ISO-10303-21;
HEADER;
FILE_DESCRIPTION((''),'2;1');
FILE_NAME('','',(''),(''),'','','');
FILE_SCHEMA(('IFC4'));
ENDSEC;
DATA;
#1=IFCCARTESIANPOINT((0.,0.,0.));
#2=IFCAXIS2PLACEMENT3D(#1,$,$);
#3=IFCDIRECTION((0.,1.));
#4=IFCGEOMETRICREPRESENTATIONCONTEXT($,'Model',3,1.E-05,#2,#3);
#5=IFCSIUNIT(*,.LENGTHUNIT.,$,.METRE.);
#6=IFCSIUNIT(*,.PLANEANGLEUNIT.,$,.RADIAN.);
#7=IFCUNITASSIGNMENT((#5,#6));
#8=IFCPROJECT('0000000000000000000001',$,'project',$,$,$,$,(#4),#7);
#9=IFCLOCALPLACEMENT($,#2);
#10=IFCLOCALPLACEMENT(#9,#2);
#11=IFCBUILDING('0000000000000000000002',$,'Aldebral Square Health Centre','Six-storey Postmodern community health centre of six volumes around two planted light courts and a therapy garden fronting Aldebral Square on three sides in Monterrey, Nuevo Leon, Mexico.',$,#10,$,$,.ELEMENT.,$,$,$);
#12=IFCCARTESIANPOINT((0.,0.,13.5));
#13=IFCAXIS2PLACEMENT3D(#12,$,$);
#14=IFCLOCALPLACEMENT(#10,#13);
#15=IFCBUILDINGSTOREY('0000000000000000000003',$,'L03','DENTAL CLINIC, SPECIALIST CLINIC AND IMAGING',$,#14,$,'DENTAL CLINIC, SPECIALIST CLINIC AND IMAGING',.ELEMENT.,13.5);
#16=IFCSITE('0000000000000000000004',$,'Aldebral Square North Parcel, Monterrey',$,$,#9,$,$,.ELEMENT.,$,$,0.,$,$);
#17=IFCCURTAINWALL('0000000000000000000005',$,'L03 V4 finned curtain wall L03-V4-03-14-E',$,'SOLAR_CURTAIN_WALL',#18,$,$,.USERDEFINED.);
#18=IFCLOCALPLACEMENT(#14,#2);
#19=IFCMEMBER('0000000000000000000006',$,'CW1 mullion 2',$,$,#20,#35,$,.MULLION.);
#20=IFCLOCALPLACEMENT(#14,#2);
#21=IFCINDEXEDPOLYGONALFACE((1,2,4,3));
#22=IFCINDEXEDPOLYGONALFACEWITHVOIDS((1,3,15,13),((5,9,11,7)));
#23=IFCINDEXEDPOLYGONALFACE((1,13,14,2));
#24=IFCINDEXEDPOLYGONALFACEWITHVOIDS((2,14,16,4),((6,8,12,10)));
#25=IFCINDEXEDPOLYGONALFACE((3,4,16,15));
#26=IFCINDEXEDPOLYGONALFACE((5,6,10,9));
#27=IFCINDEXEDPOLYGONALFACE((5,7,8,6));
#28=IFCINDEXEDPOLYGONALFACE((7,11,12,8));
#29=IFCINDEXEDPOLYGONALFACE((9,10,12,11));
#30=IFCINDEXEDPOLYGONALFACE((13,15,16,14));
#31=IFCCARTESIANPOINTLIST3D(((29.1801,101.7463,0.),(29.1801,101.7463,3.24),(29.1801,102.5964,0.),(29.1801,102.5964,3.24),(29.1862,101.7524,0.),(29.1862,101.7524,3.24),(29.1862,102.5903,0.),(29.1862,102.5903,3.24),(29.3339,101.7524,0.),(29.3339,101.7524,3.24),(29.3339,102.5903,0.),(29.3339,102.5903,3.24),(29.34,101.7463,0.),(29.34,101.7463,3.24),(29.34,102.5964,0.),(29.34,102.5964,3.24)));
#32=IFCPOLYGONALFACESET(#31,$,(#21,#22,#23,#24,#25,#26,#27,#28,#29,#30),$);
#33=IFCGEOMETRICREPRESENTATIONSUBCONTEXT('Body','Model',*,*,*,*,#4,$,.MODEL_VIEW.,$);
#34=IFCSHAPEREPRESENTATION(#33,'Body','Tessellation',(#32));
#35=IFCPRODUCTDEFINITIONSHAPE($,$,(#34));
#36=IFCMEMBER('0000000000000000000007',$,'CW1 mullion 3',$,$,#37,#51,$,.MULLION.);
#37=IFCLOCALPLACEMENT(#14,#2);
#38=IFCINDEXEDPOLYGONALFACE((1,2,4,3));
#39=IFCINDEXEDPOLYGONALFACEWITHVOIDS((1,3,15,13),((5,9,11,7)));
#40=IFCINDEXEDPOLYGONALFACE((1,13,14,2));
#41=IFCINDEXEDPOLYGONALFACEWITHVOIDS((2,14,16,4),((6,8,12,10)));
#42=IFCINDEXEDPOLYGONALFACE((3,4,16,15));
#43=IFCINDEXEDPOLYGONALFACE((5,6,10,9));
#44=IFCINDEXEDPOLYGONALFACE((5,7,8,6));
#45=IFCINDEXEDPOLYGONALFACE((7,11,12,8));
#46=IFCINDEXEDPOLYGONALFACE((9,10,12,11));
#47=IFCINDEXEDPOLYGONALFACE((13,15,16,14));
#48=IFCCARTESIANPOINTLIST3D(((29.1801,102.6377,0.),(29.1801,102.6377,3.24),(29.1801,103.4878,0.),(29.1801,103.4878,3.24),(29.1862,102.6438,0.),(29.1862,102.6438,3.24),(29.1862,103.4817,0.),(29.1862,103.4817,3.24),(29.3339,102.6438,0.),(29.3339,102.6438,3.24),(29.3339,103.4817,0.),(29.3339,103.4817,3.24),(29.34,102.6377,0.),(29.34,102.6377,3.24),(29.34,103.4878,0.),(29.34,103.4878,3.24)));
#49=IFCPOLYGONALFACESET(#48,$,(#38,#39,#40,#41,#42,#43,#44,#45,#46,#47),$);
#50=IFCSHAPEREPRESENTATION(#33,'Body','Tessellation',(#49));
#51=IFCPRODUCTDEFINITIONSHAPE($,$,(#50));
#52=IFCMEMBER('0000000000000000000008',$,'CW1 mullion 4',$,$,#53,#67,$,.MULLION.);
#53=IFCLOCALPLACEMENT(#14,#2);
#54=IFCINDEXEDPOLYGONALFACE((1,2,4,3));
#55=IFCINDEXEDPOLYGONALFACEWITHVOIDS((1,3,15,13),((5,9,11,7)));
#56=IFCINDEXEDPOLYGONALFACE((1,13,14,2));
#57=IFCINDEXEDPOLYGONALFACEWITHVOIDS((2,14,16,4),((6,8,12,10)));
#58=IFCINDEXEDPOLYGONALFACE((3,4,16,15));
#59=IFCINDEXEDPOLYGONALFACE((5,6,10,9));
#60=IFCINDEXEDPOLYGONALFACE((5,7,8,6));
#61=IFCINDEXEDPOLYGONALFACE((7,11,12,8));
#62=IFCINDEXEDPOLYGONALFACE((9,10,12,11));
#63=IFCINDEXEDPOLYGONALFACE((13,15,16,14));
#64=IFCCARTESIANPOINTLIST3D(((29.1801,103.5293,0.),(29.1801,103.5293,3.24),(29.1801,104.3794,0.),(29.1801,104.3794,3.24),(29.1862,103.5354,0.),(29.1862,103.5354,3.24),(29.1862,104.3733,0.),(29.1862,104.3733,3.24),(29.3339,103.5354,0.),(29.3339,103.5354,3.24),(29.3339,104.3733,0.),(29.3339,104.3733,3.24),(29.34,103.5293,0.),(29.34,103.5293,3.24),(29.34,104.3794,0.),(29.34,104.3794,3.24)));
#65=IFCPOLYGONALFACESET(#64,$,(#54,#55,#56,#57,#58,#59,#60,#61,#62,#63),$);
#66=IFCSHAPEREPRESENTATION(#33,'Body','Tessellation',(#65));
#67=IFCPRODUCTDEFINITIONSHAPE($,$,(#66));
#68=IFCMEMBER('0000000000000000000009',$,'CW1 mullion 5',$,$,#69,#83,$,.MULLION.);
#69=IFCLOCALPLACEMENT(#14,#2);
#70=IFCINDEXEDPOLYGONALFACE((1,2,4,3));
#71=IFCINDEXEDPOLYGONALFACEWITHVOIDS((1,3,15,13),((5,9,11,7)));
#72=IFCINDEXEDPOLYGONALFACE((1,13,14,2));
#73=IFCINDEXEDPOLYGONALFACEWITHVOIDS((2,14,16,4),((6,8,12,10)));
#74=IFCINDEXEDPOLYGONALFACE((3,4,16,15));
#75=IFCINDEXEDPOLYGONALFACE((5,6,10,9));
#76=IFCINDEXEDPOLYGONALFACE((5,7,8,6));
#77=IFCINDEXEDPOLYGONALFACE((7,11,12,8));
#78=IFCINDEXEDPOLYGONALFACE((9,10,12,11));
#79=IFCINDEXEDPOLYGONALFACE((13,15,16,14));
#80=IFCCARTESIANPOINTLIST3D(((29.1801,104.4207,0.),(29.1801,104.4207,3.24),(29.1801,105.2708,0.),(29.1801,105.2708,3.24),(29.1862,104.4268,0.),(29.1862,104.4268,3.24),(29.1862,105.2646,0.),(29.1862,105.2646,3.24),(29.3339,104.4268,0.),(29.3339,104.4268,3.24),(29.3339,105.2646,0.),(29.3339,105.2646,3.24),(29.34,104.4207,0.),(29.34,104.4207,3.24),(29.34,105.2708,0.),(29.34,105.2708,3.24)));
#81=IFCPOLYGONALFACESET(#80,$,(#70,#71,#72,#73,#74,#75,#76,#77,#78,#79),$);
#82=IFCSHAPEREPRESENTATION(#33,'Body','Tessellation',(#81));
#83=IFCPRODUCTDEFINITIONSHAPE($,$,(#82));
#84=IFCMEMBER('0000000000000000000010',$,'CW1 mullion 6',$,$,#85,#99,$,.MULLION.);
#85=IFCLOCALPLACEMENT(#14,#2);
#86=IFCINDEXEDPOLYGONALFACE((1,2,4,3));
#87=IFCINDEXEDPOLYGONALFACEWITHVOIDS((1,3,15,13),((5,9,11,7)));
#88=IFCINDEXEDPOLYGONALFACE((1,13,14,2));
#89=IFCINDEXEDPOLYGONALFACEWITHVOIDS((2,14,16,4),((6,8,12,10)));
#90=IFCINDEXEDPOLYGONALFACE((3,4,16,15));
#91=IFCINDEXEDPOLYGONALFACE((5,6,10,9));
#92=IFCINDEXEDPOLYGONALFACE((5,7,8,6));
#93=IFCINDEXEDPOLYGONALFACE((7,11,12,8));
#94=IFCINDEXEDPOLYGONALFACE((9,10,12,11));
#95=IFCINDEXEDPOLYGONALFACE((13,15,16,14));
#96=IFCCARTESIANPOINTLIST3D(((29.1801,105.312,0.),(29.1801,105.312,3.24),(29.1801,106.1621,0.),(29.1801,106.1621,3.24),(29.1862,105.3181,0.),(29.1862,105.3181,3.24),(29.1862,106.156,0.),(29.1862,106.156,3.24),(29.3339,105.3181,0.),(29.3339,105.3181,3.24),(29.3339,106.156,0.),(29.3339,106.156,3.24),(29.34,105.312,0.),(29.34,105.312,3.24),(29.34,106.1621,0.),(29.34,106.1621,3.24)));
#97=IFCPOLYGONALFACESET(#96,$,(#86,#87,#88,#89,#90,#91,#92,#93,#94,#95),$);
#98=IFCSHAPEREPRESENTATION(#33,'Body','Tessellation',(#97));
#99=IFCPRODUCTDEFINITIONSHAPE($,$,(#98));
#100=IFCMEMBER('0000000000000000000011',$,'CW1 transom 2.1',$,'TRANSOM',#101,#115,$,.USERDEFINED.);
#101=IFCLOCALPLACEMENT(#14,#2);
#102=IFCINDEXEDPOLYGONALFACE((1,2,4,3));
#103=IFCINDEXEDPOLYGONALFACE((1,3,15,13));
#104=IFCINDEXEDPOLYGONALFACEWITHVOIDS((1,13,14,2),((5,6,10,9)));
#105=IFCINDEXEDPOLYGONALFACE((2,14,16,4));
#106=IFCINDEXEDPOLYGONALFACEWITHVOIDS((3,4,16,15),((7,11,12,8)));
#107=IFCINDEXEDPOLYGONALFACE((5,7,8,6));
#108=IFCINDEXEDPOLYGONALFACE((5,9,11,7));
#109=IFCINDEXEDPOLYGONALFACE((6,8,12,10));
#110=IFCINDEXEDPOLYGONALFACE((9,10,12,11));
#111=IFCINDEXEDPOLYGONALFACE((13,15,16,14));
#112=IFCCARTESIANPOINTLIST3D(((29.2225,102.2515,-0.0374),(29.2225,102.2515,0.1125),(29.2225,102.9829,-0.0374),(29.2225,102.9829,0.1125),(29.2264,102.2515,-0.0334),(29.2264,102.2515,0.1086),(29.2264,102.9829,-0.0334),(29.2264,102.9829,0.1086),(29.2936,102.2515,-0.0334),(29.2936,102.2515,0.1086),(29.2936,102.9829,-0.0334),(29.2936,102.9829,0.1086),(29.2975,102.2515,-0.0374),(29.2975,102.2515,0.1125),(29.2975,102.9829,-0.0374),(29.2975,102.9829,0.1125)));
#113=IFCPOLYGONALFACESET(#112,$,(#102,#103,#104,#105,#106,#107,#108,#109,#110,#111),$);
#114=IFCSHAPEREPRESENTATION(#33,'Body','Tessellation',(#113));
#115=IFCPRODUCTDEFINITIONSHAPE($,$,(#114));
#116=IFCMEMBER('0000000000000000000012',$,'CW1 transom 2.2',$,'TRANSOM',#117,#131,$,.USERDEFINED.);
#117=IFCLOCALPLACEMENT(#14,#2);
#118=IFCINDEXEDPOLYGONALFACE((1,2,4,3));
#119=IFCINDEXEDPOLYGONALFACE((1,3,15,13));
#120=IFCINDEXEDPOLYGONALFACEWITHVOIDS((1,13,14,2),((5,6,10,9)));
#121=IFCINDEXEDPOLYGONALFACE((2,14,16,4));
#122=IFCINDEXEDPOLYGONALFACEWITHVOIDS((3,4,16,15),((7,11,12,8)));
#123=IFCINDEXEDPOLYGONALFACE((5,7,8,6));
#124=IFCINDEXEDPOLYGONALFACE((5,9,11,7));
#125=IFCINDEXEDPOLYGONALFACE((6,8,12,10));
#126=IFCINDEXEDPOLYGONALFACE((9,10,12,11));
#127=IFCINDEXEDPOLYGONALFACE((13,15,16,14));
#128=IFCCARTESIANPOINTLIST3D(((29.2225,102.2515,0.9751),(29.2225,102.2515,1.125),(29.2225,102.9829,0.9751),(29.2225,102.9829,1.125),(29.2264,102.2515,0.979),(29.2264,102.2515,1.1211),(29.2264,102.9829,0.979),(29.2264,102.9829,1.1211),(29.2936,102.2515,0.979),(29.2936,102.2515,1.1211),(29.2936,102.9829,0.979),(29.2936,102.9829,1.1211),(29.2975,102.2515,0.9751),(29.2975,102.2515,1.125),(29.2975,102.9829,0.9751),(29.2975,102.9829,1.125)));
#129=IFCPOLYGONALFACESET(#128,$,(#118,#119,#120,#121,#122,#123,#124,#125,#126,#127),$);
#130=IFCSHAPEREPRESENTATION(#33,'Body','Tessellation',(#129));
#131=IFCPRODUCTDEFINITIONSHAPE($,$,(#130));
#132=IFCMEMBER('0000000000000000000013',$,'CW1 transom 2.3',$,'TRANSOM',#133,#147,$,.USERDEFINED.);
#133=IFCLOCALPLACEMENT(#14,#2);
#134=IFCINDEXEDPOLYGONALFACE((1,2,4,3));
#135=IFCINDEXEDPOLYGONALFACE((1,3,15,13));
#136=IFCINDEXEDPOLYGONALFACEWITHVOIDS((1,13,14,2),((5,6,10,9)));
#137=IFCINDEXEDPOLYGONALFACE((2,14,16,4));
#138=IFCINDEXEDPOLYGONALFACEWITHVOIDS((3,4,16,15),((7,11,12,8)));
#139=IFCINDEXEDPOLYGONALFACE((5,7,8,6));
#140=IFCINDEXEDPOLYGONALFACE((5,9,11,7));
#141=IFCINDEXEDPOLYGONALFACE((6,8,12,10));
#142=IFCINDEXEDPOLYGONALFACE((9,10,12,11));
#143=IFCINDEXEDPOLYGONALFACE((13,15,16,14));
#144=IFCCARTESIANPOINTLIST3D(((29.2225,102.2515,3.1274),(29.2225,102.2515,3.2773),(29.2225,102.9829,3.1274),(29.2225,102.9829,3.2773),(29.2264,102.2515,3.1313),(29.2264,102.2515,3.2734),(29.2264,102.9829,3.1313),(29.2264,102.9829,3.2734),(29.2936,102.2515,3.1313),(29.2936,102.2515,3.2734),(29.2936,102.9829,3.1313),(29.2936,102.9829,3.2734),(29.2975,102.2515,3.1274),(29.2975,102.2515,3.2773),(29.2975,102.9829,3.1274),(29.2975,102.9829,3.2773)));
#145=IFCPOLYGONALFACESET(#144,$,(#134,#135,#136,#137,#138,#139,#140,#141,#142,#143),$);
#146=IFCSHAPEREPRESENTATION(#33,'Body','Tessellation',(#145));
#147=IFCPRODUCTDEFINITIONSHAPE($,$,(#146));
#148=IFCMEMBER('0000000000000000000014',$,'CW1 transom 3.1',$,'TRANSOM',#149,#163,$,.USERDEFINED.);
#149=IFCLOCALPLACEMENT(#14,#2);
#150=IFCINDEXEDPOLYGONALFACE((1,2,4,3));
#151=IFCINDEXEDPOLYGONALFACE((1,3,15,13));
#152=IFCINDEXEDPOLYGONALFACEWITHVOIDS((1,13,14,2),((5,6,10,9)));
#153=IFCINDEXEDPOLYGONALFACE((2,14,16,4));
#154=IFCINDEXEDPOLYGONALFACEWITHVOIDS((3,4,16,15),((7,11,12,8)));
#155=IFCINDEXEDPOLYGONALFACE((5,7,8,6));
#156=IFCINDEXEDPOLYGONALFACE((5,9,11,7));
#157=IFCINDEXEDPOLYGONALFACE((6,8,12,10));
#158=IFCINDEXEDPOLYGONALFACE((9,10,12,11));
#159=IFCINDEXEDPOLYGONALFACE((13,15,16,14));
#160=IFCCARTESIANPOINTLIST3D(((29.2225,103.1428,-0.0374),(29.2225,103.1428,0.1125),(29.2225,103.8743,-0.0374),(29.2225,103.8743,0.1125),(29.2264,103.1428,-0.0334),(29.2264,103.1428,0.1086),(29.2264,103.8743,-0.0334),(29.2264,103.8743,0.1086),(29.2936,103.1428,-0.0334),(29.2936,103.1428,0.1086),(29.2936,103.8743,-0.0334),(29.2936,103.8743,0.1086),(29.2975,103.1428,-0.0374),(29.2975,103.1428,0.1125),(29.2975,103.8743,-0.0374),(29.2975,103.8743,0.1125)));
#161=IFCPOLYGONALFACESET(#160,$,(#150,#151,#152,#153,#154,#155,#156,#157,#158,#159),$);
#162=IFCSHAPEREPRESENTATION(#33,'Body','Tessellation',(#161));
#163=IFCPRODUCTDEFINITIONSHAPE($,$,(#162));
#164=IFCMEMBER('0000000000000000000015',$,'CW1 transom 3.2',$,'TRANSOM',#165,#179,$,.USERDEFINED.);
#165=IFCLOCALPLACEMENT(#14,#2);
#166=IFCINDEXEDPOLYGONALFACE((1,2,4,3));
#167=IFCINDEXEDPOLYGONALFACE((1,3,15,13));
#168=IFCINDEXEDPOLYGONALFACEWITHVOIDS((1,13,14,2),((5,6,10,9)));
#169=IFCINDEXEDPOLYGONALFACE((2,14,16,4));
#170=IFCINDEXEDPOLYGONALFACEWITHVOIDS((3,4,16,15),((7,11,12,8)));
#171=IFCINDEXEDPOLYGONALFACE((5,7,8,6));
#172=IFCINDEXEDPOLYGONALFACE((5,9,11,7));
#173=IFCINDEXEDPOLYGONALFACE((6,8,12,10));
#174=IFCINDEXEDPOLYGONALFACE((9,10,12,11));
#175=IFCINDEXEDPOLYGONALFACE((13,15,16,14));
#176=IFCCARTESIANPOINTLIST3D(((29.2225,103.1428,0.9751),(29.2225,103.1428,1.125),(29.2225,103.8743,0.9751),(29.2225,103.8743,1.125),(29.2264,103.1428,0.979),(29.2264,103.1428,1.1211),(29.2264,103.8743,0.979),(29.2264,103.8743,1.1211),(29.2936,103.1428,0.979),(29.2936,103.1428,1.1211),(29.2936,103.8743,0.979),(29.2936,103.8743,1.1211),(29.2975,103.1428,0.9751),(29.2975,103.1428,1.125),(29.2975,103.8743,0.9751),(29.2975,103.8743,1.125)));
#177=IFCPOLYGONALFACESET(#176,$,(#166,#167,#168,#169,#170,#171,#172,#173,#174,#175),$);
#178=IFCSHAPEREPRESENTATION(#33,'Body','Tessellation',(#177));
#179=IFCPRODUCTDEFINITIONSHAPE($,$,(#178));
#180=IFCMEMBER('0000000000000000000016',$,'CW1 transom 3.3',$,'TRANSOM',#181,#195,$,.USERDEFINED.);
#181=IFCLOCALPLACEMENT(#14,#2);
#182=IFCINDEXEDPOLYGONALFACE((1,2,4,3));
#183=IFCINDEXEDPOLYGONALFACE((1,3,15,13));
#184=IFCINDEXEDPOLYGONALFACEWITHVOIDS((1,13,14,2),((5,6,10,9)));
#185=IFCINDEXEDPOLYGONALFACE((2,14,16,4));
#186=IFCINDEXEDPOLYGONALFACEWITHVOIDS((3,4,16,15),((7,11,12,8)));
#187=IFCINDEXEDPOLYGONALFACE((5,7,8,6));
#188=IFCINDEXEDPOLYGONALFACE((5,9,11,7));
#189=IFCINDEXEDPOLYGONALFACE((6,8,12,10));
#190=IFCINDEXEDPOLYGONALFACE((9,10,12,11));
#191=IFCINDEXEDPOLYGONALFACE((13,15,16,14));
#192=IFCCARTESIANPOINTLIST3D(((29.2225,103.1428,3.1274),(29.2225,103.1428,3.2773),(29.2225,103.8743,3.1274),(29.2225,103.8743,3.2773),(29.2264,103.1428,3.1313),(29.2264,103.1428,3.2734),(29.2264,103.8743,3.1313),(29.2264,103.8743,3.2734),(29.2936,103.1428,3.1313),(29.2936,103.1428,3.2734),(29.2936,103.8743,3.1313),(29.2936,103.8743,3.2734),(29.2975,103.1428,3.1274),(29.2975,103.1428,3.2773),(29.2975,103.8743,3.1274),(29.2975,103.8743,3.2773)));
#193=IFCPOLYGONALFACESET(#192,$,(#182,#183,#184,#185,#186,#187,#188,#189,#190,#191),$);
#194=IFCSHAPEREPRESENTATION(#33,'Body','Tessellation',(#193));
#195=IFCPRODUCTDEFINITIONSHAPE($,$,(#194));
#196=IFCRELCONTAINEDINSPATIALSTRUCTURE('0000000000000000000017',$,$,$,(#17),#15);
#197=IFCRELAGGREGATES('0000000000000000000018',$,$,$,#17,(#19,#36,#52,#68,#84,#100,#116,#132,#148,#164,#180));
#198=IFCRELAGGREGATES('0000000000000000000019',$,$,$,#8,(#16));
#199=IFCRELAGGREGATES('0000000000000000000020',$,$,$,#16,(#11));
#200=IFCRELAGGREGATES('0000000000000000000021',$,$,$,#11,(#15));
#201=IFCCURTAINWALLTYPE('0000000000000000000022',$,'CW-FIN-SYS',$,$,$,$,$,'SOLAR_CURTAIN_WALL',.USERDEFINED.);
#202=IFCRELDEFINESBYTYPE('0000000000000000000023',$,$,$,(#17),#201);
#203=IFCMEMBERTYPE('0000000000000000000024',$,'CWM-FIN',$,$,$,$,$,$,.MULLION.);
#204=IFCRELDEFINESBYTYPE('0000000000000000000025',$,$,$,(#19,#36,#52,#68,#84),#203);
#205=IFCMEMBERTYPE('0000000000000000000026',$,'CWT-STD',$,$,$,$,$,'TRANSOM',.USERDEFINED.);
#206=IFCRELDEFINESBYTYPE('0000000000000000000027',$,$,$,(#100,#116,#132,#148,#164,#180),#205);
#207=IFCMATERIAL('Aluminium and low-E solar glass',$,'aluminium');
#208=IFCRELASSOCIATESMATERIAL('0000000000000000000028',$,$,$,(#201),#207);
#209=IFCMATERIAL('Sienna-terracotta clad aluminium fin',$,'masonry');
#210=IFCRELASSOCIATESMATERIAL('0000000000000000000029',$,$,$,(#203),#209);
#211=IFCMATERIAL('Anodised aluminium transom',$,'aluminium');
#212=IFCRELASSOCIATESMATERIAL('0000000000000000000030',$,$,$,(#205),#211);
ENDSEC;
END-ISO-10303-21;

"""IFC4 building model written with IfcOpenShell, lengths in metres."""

from ifc_helpers import new_model, si_unit, direction, frame, origin, origin_2d, place, context, subcontext, project, spatial, hollow_rectangle, extrude, material, material_profile, profile_set, type_object, element, aggregate, save


model = new_model("IFC4")

# Units and contexts
model_context = context("Model", 3, precision=1e-05, world=origin(), true_north=direction((0.0, 1.0)))
body_context = subcontext(model_context, "Body", "Model", "MODEL_VIEW")
ifc_project = project(units=[si_unit("LENGTHUNIT", "METRE"), si_unit("PLANEANGLEUNIT", "RADIAN")], contexts=[model_context])

# Site, building, storey
site_placement = place(None, origin())
site = spatial("IfcSite", under=ifc_project, at=site_placement, Name="Aldebral Square North Parcel, Monterrey", CompositionType="ELEMENT", RefElevation=0.0)
building_placement = place(site_placement, origin())
building = spatial("IfcBuilding", under=site, at=building_placement, Name="Aldebral Square Health Centre", Description="Six-storey Postmodern community health centre of six volumes around two planted light courts and a therapy garden fronting Aldebral Square on three sides in Monterrey, Nuevo Leon, Mexico.", CompositionType="ELEMENT")
storey_placement = place(building_placement, frame((0.0, 0.0, 13.5)))
storey = spatial("IfcBuildingStorey", under=building, at=storey_placement, Name="L03", Description="DENTAL CLINIC, SPECIALIST CLINIC AND IMAGING", LongName="DENTAL CLINIC, SPECIALIST CLINIC AND IMAGING", CompositionType="ELEMENT", Elevation=13.5)

# Curtain wall, members
ifc_material_1 = material(Name="Aluminium and low-E solar glass", Category="aluminium")
curtain_wall_type = type_object("IfcCurtainWallType", Name="CW-FIN-SYS", ElementType="SOLAR_CURTAIN_WALL", PredefinedType="USERDEFINED", material=ifc_material_1)
curtain_wall_placement = place(storey_placement, origin())
curtain_wall = element("IfcCurtainWall", 1, at=curtain_wall_placement, inside=storey, type_object=curtain_wall_type, Name="L03 V4 finned curtain wall L03-V4-03-14-E", ObjectType="SOLAR_CURTAIN_WALL", PredefinedType="USERDEFINED")
ifc_material_2 = material(Name="Sienna-terracotta clad aluminium fin", Category="masonry")
ifc_material_profile_1 = material_profile(ifc_material_2, hollow_rectangle(XDim=0.1599, YDim=0.8501, WallThickness=0.0061, at=origin_2d()), Name="FIN 160x850x6")
ifc_profile_set_1 = profile_set([ifc_material_profile_1], Name="Sienna-terracotta clad aluminium fin")
member_type_1 = type_object("IfcMemberType", Name="CWM-FIN", PredefinedType="MULLION", material=ifc_profile_set_1)
member_1_placement = place(storey_placement, frame((29.26, 102.1714, 0.0), z_axis=(0.0, 0.0, 1.0), x_axis=(-1.0, 0.0, 0.0)))
member_1 = element("IfcMember", 2, at=member_1_placement, type_object=member_type_1, Name="CW1 mullion 2", PredefinedType="MULLION", context=body_context, shape_type="SweptSolid", body=[
    extrude(hollow_rectangle(XDim=0.1599, YDim=0.8501, WallThickness=0.0061, at=origin_2d()), origin(), (0.0, 0.0, 1.0), 3.24),
])
member_2_placement = place(storey_placement, frame((29.26, 103.0627, 0.0), z_axis=(0.0, 0.0, 1.0), x_axis=(-1.0, 0.0, 0.0)))
member_2 = element("IfcMember", 3, at=member_2_placement, type_object=member_type_1, Name="CW1 mullion 3", PredefinedType="MULLION", context=body_context, shape_type="SweptSolid", body=[
    extrude(hollow_rectangle(XDim=0.1599, YDim=0.8501, WallThickness=0.0061, at=origin_2d()), origin(), (0.0, 0.0, 1.0), 3.24),
])
member_3_placement = place(storey_placement, frame((29.26, 103.9543, 0.0), z_axis=(0.0, 0.0, 1.0), x_axis=(-1.0, 0.0, 0.0)))
member_3 = element("IfcMember", 4, at=member_3_placement, type_object=member_type_1, Name="CW1 mullion 4", PredefinedType="MULLION", context=body_context, shape_type="SweptSolid", body=[
    extrude(hollow_rectangle(XDim=0.1599, YDim=0.8501, WallThickness=0.0061, at=origin_2d()), origin(), (0.0, 0.0, 1.0), 3.24),
])
member_4_placement = place(storey_placement, frame((29.26, 104.8457, 0.0), z_axis=(0.0, 0.0, 1.0), x_axis=(-1.0, 0.0, 0.0)))
member_4 = element("IfcMember", 5, at=member_4_placement, type_object=member_type_1, Name="CW1 mullion 5", PredefinedType="MULLION", context=body_context, shape_type="SweptSolid", body=[
    extrude(hollow_rectangle(XDim=0.1599, YDim=0.8501, WallThickness=0.0061, at=origin_2d()), origin(), (0.0, 0.0, 1.0), 3.24),
])
member_5_placement = place(storey_placement, frame((29.26, 105.7371, 0.0), z_axis=(0.0, 0.0, 1.0), x_axis=(-1.0, 0.0, 0.0)))
member_5 = element("IfcMember", 6, at=member_5_placement, type_object=member_type_1, Name="CW1 mullion 6", PredefinedType="MULLION", context=body_context, shape_type="SweptSolid", body=[
    extrude(hollow_rectangle(XDim=0.1599, YDim=0.8501, WallThickness=0.0061, at=origin_2d()), origin(), (0.0, 0.0, 1.0), 3.24),
])
ifc_material_3 = material(Name="Anodised aluminium transom", Category="aluminium")
ifc_material_profile_2 = material_profile(ifc_material_3, hollow_rectangle(XDim=0.075, YDim=0.1499, WallThickness=0.0039, at=origin_2d()), Name="CWT 75x150x4")
ifc_profile_set_2 = profile_set([ifc_material_profile_2], Name="Anodised aluminium transom")
member_type_2 = type_object("IfcMemberType", Name="CWT-STD", ElementType="TRANSOM", PredefinedType="USERDEFINED", material=ifc_profile_set_2)
member_6_placement = place(storey_placement, frame((29.26, 102.2515, 0.0376), z_axis=(0.0, 1.0, 0.0), x_axis=(-1.0, 0.0, 0.0)))
member_6 = element("IfcMember", 7, at=member_6_placement, type_object=member_type_2, Name="CW1 transom 2.1", ObjectType="TRANSOM", PredefinedType="USERDEFINED", context=body_context, shape_type="SweptSolid", body=[
    extrude(hollow_rectangle(XDim=0.075, YDim=0.1499, WallThickness=0.0039, at=origin_2d()), origin(), (0.0, 0.0, 1.0), 0.7314),
])
member_7_placement = place(storey_placement, frame((29.26, 102.2515, 1.05), z_axis=(0.0, 1.0, 0.0), x_axis=(-1.0, 0.0, 0.0)))
member_7 = element("IfcMember", 8, at=member_7_placement, type_object=member_type_2, Name="CW1 transom 2.2", ObjectType="TRANSOM", PredefinedType="USERDEFINED", context=body_context, shape_type="SweptSolid", body=[
    extrude(hollow_rectangle(XDim=0.075, YDim=0.1499, WallThickness=0.0039, at=origin_2d()), origin(), (0.0, 0.0, 1.0), 0.7314),
])
member_8_placement = place(storey_placement, frame((29.26, 102.2515, 3.2024), z_axis=(0.0, 1.0, 0.0), x_axis=(-1.0, 0.0, 0.0)))
member_8 = element("IfcMember", 9, at=member_8_placement, type_object=member_type_2, Name="CW1 transom 2.3", ObjectType="TRANSOM", PredefinedType="USERDEFINED", context=body_context, shape_type="SweptSolid", body=[
    extrude(hollow_rectangle(XDim=0.075, YDim=0.1499, WallThickness=0.0039, at=origin_2d()), origin(), (0.0, 0.0, 1.0), 0.7314),
])
member_9_placement = place(storey_placement, frame((29.26, 103.1428, 0.0376), z_axis=(0.0, 1.0, 0.0), x_axis=(-1.0, 0.0, 0.0)))
member_9 = element("IfcMember", 10, at=member_9_placement, type_object=member_type_2, Name="CW1 transom 3.1", ObjectType="TRANSOM", PredefinedType="USERDEFINED", context=body_context, shape_type="SweptSolid", body=[
    extrude(hollow_rectangle(XDim=0.075, YDim=0.1499, WallThickness=0.0039, at=origin_2d()), origin(), (0.0, 0.0, 1.0), 0.7314),
])
member_10_placement = place(storey_placement, frame((29.26, 103.1428, 1.05), z_axis=(0.0, 1.0, 0.0), x_axis=(-1.0, 0.0, 0.0)))
member_10 = element("IfcMember", 11, at=member_10_placement, type_object=member_type_2, Name="CW1 transom 3.2", ObjectType="TRANSOM", PredefinedType="USERDEFINED", context=body_context, shape_type="SweptSolid", body=[
    extrude(hollow_rectangle(XDim=0.075, YDim=0.1499, WallThickness=0.0039, at=origin_2d()), origin(), (0.0, 0.0, 1.0), 0.7314),
])
member_11_placement = place(storey_placement, frame((29.26, 103.1428, 3.2024), z_axis=(0.0, 1.0, 0.0), x_axis=(-1.0, 0.0, 0.0)))
member_11 = element("IfcMember", 12, at=member_11_placement, type_object=member_type_2, Name="CW1 transom 3.3", ObjectType="TRANSOM", PredefinedType="USERDEFINED", context=body_context, shape_type="SweptSolid", body=[
    extrude(hollow_rectangle(XDim=0.075, YDim=0.1499, WallThickness=0.0039, at=origin_2d()), origin(), (0.0, 0.0, 1.0), 0.7314),
])
aggregate(curtain_wall, [member_1, member_2, member_3, member_4, member_5, member_6, member_7, member_8, member_9, member_10, member_11])

save(model, "model.ifc")
